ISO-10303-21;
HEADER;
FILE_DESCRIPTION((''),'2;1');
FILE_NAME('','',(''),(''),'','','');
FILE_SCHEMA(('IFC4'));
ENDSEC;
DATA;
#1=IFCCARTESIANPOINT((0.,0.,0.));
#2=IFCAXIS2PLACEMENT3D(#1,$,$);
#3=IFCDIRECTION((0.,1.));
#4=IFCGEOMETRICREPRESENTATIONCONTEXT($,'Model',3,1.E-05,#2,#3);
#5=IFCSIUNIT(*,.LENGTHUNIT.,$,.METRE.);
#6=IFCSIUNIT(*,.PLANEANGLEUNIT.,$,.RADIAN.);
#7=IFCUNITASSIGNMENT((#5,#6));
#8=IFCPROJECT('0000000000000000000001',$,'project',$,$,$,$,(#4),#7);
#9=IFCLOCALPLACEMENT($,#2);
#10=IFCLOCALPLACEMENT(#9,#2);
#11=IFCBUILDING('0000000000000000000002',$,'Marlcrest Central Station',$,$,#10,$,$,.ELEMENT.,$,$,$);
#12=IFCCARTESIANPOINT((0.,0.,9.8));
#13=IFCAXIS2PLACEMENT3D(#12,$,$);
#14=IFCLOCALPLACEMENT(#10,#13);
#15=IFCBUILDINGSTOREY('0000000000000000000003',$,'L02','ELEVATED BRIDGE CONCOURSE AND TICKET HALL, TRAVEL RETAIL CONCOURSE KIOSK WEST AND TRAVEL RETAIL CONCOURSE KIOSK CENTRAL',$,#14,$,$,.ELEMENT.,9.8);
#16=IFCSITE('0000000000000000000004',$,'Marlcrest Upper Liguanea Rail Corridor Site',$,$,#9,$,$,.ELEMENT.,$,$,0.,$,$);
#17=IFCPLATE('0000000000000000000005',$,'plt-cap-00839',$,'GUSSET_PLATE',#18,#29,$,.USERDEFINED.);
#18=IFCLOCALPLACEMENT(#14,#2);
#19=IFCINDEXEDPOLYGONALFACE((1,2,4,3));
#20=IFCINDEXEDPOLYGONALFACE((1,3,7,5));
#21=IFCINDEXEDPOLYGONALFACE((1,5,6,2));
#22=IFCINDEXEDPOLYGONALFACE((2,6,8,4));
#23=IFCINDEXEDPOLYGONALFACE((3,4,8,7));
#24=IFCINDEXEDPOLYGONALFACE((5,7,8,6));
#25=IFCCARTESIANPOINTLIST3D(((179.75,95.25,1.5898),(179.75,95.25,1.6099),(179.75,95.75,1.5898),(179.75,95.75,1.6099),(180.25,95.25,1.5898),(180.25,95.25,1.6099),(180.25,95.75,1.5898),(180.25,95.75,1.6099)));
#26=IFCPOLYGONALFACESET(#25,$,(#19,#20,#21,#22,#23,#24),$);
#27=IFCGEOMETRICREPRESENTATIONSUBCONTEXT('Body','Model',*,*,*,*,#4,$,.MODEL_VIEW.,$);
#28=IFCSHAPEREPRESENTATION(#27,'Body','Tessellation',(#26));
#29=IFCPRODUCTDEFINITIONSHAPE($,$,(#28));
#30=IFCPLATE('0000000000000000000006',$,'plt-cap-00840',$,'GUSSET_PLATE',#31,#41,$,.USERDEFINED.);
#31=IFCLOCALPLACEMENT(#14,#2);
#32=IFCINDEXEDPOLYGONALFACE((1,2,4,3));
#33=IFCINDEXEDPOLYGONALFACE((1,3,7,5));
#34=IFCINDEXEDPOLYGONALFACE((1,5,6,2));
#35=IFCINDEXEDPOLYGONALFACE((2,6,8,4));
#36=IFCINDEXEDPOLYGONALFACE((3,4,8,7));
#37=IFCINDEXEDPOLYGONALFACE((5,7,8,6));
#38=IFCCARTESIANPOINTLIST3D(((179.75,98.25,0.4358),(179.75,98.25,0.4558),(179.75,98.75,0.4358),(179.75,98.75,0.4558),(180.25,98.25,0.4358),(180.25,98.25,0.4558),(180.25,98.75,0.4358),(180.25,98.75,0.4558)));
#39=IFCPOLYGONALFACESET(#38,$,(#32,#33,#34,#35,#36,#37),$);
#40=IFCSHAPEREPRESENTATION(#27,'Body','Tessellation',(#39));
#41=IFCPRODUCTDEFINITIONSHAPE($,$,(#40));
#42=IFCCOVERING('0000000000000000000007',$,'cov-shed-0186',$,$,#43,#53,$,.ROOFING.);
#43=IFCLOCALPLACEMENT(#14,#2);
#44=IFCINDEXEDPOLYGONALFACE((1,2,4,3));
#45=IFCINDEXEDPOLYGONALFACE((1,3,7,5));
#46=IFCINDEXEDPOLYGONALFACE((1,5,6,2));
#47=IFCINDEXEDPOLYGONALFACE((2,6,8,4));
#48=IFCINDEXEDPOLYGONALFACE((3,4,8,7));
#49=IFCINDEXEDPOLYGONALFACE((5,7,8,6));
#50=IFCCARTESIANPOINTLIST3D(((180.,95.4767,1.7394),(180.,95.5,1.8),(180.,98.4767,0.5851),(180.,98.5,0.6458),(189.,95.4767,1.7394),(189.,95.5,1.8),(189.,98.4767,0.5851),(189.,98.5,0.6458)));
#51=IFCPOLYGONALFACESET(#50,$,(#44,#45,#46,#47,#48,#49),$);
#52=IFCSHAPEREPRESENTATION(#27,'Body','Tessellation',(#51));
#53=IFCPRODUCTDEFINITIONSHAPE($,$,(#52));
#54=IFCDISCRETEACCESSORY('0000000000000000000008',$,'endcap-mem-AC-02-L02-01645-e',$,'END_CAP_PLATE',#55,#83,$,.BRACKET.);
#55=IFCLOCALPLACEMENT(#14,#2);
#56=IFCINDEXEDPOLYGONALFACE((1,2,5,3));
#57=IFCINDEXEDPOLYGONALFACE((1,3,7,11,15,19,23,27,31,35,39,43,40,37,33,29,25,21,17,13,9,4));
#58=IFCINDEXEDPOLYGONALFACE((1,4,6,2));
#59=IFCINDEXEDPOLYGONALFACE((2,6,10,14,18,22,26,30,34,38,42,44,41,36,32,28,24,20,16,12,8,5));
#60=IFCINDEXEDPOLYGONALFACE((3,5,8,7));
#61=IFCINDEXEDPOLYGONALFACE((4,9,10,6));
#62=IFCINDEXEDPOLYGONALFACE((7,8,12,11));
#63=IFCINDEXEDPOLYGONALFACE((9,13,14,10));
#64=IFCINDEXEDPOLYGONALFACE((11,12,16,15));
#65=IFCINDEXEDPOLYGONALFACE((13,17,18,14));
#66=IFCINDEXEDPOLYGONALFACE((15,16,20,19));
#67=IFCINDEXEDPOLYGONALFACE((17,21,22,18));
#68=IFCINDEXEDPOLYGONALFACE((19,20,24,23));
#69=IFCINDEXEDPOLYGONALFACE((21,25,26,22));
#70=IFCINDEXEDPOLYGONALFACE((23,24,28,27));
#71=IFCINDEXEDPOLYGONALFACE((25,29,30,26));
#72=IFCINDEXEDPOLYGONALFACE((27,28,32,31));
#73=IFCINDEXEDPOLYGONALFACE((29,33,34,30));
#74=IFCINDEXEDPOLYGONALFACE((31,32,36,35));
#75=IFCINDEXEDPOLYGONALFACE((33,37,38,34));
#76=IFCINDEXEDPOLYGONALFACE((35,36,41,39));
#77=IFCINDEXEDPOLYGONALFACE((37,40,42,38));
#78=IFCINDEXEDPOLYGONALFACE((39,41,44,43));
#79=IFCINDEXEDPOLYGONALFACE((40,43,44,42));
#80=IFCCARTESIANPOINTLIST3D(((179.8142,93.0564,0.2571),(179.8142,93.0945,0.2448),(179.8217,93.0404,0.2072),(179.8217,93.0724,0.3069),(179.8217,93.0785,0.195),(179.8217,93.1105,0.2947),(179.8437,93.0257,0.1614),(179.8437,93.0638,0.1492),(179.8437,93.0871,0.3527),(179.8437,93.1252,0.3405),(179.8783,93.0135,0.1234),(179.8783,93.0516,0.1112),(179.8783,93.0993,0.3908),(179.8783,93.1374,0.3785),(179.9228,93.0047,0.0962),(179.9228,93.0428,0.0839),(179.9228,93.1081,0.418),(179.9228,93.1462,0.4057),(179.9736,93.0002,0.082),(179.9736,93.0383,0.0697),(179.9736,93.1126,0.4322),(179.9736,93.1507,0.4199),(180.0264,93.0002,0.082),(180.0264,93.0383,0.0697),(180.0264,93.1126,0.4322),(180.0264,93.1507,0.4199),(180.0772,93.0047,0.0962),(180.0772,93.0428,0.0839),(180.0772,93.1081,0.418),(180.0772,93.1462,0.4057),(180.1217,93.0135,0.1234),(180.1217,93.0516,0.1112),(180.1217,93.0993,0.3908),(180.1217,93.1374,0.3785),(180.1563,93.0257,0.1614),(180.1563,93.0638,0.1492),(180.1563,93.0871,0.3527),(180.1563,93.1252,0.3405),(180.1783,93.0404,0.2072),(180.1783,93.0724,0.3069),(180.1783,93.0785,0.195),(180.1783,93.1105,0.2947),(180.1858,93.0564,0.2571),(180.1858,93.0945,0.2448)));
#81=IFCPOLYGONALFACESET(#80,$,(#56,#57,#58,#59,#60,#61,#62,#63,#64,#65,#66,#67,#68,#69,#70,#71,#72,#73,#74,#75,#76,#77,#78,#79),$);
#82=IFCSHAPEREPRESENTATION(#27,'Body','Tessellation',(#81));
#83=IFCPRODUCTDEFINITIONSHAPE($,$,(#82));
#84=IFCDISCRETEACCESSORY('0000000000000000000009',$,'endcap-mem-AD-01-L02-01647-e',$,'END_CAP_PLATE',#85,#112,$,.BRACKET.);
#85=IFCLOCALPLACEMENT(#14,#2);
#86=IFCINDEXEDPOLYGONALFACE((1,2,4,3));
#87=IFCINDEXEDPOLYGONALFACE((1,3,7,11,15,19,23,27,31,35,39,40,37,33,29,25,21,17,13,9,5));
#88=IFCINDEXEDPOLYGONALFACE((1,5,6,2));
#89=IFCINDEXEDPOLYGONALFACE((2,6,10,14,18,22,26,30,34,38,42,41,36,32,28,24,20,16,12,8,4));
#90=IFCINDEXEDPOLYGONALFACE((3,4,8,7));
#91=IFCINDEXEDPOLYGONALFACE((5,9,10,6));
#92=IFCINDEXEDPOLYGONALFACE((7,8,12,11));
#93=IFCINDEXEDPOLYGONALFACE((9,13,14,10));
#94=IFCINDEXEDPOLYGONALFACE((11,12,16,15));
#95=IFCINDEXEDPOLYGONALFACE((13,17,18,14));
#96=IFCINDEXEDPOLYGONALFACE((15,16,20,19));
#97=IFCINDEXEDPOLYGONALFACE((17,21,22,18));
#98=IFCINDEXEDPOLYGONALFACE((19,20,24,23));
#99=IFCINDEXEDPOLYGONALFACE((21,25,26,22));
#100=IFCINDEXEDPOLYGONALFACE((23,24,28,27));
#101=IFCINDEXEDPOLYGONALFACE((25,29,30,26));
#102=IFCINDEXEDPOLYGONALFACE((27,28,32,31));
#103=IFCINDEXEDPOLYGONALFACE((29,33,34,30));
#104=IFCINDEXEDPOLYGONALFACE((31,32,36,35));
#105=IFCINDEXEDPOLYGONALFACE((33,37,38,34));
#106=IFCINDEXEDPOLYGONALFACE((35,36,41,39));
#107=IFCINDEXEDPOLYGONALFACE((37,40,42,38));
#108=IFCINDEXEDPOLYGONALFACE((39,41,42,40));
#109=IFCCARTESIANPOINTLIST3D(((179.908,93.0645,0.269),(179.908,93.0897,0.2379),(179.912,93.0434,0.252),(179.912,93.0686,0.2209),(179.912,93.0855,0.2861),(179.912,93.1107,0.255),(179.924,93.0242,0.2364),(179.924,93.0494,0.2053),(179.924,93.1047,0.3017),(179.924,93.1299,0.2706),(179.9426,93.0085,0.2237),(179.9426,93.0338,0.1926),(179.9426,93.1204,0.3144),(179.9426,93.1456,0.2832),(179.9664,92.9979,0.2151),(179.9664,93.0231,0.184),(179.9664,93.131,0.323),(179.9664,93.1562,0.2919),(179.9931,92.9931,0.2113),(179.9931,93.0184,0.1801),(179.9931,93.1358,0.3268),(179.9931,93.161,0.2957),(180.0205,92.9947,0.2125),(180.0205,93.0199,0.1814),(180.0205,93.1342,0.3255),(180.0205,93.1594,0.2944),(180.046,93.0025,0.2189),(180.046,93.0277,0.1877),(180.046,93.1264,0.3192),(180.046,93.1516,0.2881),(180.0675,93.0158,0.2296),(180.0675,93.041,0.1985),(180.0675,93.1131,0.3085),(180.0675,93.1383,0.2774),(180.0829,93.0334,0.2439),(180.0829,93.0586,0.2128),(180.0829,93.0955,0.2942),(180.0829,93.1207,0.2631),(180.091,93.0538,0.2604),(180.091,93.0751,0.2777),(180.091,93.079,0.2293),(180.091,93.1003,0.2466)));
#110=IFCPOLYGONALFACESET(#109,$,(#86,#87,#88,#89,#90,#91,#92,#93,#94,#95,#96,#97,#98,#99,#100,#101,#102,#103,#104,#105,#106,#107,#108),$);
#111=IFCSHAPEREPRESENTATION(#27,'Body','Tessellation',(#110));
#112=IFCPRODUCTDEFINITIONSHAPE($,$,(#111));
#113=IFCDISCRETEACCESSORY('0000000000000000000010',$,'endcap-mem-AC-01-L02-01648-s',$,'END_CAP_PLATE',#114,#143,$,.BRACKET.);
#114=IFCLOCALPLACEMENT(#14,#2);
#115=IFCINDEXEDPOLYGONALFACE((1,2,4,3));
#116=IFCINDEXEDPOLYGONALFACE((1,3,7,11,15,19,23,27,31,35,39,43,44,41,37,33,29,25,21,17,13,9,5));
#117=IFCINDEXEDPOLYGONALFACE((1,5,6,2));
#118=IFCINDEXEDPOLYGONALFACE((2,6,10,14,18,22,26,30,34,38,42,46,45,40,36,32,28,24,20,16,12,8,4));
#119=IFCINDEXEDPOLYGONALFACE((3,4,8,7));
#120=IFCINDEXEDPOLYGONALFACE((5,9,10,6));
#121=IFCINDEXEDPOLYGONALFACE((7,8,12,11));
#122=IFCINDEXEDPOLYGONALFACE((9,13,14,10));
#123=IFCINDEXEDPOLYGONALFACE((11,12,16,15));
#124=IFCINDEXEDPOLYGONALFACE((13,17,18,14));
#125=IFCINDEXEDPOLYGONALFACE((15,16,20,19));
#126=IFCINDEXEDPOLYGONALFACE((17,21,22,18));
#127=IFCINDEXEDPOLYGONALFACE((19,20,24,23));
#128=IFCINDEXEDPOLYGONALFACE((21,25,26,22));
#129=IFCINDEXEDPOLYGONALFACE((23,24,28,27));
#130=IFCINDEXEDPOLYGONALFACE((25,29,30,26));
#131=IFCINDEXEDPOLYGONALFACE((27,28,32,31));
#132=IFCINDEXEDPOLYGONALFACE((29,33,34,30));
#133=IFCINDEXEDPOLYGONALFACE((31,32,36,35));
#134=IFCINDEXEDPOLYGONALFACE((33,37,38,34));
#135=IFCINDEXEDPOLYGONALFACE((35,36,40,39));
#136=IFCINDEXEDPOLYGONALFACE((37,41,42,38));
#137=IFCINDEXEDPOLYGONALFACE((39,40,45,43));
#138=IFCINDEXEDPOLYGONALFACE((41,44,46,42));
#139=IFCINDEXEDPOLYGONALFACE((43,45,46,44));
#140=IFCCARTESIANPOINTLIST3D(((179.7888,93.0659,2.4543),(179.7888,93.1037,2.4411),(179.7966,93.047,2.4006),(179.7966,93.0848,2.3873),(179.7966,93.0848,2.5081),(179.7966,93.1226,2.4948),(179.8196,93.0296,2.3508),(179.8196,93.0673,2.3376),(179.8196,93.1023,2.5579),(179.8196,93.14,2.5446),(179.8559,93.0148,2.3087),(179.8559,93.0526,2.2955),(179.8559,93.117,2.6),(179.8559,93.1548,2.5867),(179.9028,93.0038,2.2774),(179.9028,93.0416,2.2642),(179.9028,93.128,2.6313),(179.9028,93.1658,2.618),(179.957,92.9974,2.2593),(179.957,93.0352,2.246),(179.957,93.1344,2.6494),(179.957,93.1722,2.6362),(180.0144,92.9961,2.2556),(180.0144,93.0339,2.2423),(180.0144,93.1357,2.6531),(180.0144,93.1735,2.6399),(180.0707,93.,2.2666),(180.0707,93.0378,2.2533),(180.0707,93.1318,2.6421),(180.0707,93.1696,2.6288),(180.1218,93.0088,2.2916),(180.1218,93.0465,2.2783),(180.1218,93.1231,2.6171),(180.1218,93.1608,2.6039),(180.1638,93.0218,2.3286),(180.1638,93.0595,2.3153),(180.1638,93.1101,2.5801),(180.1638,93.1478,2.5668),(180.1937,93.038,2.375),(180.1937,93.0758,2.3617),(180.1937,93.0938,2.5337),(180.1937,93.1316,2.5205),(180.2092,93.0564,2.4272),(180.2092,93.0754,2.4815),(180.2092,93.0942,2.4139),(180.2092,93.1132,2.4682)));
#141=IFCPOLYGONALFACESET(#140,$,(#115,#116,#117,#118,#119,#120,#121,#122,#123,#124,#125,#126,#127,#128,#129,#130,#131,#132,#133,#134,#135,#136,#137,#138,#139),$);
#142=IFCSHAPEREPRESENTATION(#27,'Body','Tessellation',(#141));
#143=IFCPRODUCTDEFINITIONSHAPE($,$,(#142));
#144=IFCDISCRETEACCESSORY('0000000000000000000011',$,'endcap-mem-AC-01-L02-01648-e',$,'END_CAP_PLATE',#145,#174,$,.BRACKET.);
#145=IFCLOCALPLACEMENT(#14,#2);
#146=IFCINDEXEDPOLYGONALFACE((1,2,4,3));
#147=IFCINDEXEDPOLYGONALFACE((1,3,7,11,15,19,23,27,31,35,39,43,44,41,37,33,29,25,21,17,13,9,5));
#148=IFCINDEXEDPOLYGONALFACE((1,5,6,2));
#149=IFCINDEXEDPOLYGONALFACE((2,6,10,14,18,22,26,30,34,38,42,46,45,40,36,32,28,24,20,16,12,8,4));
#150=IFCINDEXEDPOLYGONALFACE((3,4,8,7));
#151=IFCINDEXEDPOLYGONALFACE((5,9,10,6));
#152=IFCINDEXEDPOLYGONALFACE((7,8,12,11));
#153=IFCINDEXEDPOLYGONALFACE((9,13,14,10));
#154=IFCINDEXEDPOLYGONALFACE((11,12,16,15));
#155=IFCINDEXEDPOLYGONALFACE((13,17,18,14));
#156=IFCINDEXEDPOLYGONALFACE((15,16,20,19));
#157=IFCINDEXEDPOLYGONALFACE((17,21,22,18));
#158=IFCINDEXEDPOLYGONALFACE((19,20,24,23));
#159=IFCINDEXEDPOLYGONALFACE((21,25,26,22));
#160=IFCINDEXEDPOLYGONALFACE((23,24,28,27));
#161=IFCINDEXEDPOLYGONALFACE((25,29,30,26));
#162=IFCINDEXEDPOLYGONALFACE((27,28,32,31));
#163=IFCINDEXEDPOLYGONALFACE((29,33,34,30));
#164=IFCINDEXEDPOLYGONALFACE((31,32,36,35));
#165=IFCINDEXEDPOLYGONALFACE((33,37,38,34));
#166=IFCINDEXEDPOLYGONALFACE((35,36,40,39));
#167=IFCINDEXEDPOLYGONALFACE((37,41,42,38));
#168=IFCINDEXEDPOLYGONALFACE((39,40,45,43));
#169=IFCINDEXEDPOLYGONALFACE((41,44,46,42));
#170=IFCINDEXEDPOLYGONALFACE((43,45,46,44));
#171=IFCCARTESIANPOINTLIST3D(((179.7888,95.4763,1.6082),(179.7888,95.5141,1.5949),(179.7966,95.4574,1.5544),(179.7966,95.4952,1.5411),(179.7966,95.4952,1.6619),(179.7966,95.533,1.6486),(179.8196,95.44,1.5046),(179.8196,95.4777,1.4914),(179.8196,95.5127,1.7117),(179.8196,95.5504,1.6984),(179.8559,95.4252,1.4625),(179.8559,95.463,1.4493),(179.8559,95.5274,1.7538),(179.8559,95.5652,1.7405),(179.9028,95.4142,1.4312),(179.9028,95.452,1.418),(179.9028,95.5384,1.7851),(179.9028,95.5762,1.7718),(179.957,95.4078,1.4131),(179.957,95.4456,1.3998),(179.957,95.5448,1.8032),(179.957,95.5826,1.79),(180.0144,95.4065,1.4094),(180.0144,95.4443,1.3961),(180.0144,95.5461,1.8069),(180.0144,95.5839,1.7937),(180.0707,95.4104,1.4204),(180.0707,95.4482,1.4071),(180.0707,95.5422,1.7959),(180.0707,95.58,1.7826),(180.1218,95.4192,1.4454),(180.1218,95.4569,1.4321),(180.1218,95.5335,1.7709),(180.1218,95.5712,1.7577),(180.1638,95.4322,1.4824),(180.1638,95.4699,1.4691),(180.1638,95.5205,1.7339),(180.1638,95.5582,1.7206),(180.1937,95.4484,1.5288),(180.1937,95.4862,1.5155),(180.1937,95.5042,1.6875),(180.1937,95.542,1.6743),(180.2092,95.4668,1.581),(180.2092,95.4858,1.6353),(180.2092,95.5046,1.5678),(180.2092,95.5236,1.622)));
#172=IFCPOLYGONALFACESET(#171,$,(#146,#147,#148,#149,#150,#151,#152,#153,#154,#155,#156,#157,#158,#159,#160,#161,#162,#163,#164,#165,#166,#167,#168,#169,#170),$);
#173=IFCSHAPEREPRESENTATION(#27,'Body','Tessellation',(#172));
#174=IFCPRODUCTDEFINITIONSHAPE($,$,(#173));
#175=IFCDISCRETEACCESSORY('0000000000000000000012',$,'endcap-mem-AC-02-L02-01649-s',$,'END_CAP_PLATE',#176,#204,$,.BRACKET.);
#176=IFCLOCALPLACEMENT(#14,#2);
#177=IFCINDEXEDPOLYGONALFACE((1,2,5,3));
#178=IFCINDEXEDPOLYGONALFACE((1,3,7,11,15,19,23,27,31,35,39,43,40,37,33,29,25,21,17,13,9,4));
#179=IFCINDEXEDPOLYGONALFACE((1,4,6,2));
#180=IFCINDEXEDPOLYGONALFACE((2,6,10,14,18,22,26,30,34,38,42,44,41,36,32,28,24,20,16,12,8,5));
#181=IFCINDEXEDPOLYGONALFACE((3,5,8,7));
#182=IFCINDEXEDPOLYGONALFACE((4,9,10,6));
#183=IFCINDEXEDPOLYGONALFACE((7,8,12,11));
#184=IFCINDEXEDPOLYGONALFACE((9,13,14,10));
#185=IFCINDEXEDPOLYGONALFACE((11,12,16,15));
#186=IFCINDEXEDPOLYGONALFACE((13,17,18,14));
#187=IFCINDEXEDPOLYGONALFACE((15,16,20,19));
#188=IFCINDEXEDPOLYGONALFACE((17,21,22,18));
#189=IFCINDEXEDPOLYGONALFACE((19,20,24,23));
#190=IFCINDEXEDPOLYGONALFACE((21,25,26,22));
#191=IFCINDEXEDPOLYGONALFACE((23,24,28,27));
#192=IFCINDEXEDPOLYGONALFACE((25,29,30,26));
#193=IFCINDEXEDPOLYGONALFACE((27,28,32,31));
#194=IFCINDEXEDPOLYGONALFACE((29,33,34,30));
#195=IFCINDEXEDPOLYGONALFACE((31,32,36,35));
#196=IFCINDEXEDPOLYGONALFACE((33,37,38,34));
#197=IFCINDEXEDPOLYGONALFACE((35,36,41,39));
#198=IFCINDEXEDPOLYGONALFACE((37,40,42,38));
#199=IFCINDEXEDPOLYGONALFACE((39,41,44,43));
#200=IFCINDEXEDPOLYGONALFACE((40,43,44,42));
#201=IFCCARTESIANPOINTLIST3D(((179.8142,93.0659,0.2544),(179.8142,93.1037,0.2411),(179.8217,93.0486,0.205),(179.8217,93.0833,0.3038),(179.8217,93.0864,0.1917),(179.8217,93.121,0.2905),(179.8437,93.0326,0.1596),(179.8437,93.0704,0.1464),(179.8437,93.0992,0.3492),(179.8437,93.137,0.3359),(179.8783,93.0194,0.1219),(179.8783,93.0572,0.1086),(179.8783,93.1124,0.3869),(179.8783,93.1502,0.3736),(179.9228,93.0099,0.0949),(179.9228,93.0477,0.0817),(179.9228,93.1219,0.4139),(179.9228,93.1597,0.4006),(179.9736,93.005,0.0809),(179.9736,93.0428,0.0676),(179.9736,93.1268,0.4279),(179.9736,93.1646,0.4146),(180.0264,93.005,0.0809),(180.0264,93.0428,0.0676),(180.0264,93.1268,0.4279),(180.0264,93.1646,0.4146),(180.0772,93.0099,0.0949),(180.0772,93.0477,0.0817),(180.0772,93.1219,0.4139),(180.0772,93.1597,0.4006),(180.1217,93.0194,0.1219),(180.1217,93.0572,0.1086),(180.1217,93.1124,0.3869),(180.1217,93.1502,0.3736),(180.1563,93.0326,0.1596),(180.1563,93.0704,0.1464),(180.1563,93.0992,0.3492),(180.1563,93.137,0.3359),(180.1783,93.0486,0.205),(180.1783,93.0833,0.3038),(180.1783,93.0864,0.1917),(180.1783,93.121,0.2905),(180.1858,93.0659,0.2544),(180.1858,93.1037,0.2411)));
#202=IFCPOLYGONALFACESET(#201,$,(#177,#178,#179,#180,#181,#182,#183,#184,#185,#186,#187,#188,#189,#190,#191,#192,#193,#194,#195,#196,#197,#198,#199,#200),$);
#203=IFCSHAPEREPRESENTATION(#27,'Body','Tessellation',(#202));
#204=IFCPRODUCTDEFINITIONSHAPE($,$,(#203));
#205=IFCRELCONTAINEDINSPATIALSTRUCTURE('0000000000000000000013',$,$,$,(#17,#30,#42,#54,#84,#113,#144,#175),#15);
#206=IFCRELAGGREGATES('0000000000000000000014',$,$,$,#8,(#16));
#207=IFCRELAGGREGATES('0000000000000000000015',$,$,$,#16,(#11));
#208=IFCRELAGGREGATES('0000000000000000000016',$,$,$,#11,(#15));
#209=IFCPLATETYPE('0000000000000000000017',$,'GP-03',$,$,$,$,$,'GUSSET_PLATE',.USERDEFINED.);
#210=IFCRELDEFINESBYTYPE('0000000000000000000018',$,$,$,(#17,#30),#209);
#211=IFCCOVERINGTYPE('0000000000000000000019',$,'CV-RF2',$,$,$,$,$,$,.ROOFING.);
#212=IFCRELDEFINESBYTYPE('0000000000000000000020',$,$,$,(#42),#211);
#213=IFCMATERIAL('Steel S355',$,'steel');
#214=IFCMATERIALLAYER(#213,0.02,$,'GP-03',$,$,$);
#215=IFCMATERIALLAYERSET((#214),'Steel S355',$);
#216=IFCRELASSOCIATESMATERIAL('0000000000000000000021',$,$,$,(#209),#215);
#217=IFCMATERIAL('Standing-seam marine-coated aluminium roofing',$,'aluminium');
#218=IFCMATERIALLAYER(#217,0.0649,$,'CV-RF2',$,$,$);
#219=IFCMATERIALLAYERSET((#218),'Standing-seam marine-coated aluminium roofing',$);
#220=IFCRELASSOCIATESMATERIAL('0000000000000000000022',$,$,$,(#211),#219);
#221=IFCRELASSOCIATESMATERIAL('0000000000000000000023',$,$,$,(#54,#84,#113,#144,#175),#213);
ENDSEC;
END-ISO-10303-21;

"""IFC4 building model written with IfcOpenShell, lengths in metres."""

from ifc_helpers import new_model, si_unit, direction, frame, origin, origin_2d, place, context, subcontext, project, spatial, polyline, rectangle, circle, outline, extrude, material, layer, layer_set, type_object, element, save


model = new_model("IFC4")

# Units and contexts
model_context = context("Model", 3, precision=1e-05, world=origin(), true_north=direction((0.0, 1.0)))
body_context = subcontext(model_context, "Body", "Model", "MODEL_VIEW")
ifc_project = project(units=[si_unit("LENGTHUNIT", "METRE"), si_unit("PLANEANGLEUNIT", "RADIAN")], contexts=[model_context])

# Site, building, storey
site_placement = place(None, origin())
site = spatial("IfcSite", under=ifc_project, at=site_placement, Name="Marlcrest Upper Liguanea Rail Corridor Site", CompositionType="ELEMENT", RefElevation=0.0)
building_placement = place(site_placement, origin())
building = spatial("IfcBuilding", under=site, at=building_placement, Name="Marlcrest Central Station", CompositionType="ELEMENT")
storey_placement = place(building_placement, frame((0.0, 0.0, 9.8)))
storey = spatial("IfcBuildingStorey", under=building, at=storey_placement, Name="L02", Description="ELEVATED BRIDGE CONCOURSE AND TICKET HALL, TRAVEL RETAIL CONCOURSE KIOSK WEST AND TRAVEL RETAIL CONCOURSE KIOSK CENTRAL", CompositionType="ELEMENT", Elevation=9.8)

# Shared definitions
ifc_material_1 = material(Name="Steel S355", Category="steel")

# Plates
ifc_layer_1 = layer(ifc_material_1, 0.02, Name="GP-03")
ifc_layer_set_1 = layer_set([ifc_layer_1], Name="Steel S355")
plate_type = type_object("IfcPlateType", Name="GP-03", ElementType="GUSSET_PLATE", PredefinedType="USERDEFINED", material=ifc_layer_set_1)
for number, where, z_axis, x_axis, name in (
    (1, (180.0, 95.5, 1.5898), (0.0, 0.0, 1.0), (1.0, 0.0, 0.0), "plt-cap-00839"),
    (2, (180.0, 98.5, 0.4358), (0.0, 0.0, 1.0), (1.0, 0.0, 0.0), "plt-cap-00840"),
):
    element("IfcPlate", number, at=place(storey_placement, frame(where, z_axis=z_axis, x_axis=x_axis)), inside=storey, type_object=plate_type, Name=name, ObjectType="GUSSET_PLATE", PredefinedType="USERDEFINED", context=body_context, shape_type="SweptSolid", body=[
        extrude(rectangle(XDim=0.5, YDim=0.5, at=origin_2d()), origin(), (0.0, 0.0, 1.0), 0.02),
    ])

# Covering
ifc_material_2 = material(Name="Standing-seam marine-coated aluminium roofing", Category="aluminium")
ifc_layer_2 = layer(ifc_material_2, 0.0649, Name="CV-RF2")
ifc_layer_set_2 = layer_set([ifc_layer_2], Name="Standing-seam marine-coated aluminium roofing")
covering_type = type_object("IfcCoveringType", Name="CV-RF2", PredefinedType="ROOFING", material=ifc_layer_set_2)
covering_placement = place(storey_placement, frame((180.0, 95.5, 1.8), z_axis=(0.0, 0.359101, 0.933299), x_axis=(1.0, 0.0, 0.0)))
element("IfcCovering", 3, at=covering_placement, inside=storey, type_object=covering_type, Name="cov-shed-0186", PredefinedType="ROOFING", context=body_context, shape_type="SweptSolid", body=[
    extrude(outline(polyline([(0.0, 0.0), (9.0, 0.0), (9.0, 3.2144), (0.0, 3.2144), (0.0, 0.0)])), origin(), (0.0, 0.0, -1.0), 0.0649),
])

# Discrete accessories
discrete_accessory_1_placement = place(storey_placement, frame((180.0, 93.0564, 0.2571), z_axis=(0.0, 0.952117, -0.305734), x_axis=(-1.0, 0.0, 0.0)))
element("IfcDiscreteAccessory", 4, at=discrete_accessory_1_placement, inside=storey, material=ifc_material_1, Name="endcap-mem-AC-02-L02-01645-e", ObjectType="END_CAP_PLATE", PredefinedType="BRACKET", context=body_context, shape_type="SweptSolid", body=[
    extrude(circle(Radius=0.1858, at=origin_2d()), origin(), (0.0, 0.0, 1.0), 0.04),
])
discrete_accessory_2_placement = place(storey_placement, frame((180.0, 93.0645, 0.269), z_axis=(0.0, 0.629629, -0.776896), x_axis=(-1.0, 0.0, 0.0)))
element("IfcDiscreteAccessory", 5, at=discrete_accessory_2_placement, inside=storey, material=ifc_material_1, Name="endcap-mem-AD-01-L02-01647-e", ObjectType="END_CAP_PLATE", PredefinedType="BRACKET", context=body_context, shape_type="SweptSolid", body=[
    extrude(circle(Radius=0.092, at=origin_2d()), origin(), (0.0, 0.0, 1.0), 0.04),
])
for number, where, z_axis, x_axis, name in (
    (6, (180.0, 93.0659, 2.4543), (0.0, 0.943537, -0.331266), (-1.0, 0.0, 0.0), "endcap-mem-AC-01-L02-01648-s"),
    (7, (180.0, 95.4763, 1.6082), (0.0, 0.943537, -0.331266), (-1.0, 0.0, 0.0), "endcap-mem-AC-01-L02-01648-e"),
):
    element("IfcDiscreteAccessory", number, at=place(storey_placement, frame(where, z_axis=z_axis, x_axis=x_axis)), inside=storey, material=ifc_material_1, Name=name, ObjectType="END_CAP_PLATE", PredefinedType="BRACKET", context=body_context, shape_type="SweptSolid", body=[
        extrude(circle(Radius=0.2112, at=origin_2d()), origin(), (0.0, 0.0, 1.0), 0.04),
    ])
for number, where, z_axis, x_axis, name in (
    (8, (180.0, 93.0659, 0.2544), (0.0, 0.943537, -0.331266), (-1.0, 0.0, 0.0), "endcap-mem-AC-02-L02-01649-s"),
):
    element("IfcDiscreteAccessory", number, at=place(storey_placement, frame(where, z_axis=z_axis, x_axis=x_axis)), inside=storey, material=ifc_material_1, Name=name, ObjectType="END_CAP_PLATE", PredefinedType="BRACKET", context=body_context, shape_type="SweptSolid", body=[
        extrude(circle(Radius=0.1858, at=origin_2d()), origin(), (0.0, 0.0, 1.0), 0.04),
    ])

save(model, "model.ifc")
